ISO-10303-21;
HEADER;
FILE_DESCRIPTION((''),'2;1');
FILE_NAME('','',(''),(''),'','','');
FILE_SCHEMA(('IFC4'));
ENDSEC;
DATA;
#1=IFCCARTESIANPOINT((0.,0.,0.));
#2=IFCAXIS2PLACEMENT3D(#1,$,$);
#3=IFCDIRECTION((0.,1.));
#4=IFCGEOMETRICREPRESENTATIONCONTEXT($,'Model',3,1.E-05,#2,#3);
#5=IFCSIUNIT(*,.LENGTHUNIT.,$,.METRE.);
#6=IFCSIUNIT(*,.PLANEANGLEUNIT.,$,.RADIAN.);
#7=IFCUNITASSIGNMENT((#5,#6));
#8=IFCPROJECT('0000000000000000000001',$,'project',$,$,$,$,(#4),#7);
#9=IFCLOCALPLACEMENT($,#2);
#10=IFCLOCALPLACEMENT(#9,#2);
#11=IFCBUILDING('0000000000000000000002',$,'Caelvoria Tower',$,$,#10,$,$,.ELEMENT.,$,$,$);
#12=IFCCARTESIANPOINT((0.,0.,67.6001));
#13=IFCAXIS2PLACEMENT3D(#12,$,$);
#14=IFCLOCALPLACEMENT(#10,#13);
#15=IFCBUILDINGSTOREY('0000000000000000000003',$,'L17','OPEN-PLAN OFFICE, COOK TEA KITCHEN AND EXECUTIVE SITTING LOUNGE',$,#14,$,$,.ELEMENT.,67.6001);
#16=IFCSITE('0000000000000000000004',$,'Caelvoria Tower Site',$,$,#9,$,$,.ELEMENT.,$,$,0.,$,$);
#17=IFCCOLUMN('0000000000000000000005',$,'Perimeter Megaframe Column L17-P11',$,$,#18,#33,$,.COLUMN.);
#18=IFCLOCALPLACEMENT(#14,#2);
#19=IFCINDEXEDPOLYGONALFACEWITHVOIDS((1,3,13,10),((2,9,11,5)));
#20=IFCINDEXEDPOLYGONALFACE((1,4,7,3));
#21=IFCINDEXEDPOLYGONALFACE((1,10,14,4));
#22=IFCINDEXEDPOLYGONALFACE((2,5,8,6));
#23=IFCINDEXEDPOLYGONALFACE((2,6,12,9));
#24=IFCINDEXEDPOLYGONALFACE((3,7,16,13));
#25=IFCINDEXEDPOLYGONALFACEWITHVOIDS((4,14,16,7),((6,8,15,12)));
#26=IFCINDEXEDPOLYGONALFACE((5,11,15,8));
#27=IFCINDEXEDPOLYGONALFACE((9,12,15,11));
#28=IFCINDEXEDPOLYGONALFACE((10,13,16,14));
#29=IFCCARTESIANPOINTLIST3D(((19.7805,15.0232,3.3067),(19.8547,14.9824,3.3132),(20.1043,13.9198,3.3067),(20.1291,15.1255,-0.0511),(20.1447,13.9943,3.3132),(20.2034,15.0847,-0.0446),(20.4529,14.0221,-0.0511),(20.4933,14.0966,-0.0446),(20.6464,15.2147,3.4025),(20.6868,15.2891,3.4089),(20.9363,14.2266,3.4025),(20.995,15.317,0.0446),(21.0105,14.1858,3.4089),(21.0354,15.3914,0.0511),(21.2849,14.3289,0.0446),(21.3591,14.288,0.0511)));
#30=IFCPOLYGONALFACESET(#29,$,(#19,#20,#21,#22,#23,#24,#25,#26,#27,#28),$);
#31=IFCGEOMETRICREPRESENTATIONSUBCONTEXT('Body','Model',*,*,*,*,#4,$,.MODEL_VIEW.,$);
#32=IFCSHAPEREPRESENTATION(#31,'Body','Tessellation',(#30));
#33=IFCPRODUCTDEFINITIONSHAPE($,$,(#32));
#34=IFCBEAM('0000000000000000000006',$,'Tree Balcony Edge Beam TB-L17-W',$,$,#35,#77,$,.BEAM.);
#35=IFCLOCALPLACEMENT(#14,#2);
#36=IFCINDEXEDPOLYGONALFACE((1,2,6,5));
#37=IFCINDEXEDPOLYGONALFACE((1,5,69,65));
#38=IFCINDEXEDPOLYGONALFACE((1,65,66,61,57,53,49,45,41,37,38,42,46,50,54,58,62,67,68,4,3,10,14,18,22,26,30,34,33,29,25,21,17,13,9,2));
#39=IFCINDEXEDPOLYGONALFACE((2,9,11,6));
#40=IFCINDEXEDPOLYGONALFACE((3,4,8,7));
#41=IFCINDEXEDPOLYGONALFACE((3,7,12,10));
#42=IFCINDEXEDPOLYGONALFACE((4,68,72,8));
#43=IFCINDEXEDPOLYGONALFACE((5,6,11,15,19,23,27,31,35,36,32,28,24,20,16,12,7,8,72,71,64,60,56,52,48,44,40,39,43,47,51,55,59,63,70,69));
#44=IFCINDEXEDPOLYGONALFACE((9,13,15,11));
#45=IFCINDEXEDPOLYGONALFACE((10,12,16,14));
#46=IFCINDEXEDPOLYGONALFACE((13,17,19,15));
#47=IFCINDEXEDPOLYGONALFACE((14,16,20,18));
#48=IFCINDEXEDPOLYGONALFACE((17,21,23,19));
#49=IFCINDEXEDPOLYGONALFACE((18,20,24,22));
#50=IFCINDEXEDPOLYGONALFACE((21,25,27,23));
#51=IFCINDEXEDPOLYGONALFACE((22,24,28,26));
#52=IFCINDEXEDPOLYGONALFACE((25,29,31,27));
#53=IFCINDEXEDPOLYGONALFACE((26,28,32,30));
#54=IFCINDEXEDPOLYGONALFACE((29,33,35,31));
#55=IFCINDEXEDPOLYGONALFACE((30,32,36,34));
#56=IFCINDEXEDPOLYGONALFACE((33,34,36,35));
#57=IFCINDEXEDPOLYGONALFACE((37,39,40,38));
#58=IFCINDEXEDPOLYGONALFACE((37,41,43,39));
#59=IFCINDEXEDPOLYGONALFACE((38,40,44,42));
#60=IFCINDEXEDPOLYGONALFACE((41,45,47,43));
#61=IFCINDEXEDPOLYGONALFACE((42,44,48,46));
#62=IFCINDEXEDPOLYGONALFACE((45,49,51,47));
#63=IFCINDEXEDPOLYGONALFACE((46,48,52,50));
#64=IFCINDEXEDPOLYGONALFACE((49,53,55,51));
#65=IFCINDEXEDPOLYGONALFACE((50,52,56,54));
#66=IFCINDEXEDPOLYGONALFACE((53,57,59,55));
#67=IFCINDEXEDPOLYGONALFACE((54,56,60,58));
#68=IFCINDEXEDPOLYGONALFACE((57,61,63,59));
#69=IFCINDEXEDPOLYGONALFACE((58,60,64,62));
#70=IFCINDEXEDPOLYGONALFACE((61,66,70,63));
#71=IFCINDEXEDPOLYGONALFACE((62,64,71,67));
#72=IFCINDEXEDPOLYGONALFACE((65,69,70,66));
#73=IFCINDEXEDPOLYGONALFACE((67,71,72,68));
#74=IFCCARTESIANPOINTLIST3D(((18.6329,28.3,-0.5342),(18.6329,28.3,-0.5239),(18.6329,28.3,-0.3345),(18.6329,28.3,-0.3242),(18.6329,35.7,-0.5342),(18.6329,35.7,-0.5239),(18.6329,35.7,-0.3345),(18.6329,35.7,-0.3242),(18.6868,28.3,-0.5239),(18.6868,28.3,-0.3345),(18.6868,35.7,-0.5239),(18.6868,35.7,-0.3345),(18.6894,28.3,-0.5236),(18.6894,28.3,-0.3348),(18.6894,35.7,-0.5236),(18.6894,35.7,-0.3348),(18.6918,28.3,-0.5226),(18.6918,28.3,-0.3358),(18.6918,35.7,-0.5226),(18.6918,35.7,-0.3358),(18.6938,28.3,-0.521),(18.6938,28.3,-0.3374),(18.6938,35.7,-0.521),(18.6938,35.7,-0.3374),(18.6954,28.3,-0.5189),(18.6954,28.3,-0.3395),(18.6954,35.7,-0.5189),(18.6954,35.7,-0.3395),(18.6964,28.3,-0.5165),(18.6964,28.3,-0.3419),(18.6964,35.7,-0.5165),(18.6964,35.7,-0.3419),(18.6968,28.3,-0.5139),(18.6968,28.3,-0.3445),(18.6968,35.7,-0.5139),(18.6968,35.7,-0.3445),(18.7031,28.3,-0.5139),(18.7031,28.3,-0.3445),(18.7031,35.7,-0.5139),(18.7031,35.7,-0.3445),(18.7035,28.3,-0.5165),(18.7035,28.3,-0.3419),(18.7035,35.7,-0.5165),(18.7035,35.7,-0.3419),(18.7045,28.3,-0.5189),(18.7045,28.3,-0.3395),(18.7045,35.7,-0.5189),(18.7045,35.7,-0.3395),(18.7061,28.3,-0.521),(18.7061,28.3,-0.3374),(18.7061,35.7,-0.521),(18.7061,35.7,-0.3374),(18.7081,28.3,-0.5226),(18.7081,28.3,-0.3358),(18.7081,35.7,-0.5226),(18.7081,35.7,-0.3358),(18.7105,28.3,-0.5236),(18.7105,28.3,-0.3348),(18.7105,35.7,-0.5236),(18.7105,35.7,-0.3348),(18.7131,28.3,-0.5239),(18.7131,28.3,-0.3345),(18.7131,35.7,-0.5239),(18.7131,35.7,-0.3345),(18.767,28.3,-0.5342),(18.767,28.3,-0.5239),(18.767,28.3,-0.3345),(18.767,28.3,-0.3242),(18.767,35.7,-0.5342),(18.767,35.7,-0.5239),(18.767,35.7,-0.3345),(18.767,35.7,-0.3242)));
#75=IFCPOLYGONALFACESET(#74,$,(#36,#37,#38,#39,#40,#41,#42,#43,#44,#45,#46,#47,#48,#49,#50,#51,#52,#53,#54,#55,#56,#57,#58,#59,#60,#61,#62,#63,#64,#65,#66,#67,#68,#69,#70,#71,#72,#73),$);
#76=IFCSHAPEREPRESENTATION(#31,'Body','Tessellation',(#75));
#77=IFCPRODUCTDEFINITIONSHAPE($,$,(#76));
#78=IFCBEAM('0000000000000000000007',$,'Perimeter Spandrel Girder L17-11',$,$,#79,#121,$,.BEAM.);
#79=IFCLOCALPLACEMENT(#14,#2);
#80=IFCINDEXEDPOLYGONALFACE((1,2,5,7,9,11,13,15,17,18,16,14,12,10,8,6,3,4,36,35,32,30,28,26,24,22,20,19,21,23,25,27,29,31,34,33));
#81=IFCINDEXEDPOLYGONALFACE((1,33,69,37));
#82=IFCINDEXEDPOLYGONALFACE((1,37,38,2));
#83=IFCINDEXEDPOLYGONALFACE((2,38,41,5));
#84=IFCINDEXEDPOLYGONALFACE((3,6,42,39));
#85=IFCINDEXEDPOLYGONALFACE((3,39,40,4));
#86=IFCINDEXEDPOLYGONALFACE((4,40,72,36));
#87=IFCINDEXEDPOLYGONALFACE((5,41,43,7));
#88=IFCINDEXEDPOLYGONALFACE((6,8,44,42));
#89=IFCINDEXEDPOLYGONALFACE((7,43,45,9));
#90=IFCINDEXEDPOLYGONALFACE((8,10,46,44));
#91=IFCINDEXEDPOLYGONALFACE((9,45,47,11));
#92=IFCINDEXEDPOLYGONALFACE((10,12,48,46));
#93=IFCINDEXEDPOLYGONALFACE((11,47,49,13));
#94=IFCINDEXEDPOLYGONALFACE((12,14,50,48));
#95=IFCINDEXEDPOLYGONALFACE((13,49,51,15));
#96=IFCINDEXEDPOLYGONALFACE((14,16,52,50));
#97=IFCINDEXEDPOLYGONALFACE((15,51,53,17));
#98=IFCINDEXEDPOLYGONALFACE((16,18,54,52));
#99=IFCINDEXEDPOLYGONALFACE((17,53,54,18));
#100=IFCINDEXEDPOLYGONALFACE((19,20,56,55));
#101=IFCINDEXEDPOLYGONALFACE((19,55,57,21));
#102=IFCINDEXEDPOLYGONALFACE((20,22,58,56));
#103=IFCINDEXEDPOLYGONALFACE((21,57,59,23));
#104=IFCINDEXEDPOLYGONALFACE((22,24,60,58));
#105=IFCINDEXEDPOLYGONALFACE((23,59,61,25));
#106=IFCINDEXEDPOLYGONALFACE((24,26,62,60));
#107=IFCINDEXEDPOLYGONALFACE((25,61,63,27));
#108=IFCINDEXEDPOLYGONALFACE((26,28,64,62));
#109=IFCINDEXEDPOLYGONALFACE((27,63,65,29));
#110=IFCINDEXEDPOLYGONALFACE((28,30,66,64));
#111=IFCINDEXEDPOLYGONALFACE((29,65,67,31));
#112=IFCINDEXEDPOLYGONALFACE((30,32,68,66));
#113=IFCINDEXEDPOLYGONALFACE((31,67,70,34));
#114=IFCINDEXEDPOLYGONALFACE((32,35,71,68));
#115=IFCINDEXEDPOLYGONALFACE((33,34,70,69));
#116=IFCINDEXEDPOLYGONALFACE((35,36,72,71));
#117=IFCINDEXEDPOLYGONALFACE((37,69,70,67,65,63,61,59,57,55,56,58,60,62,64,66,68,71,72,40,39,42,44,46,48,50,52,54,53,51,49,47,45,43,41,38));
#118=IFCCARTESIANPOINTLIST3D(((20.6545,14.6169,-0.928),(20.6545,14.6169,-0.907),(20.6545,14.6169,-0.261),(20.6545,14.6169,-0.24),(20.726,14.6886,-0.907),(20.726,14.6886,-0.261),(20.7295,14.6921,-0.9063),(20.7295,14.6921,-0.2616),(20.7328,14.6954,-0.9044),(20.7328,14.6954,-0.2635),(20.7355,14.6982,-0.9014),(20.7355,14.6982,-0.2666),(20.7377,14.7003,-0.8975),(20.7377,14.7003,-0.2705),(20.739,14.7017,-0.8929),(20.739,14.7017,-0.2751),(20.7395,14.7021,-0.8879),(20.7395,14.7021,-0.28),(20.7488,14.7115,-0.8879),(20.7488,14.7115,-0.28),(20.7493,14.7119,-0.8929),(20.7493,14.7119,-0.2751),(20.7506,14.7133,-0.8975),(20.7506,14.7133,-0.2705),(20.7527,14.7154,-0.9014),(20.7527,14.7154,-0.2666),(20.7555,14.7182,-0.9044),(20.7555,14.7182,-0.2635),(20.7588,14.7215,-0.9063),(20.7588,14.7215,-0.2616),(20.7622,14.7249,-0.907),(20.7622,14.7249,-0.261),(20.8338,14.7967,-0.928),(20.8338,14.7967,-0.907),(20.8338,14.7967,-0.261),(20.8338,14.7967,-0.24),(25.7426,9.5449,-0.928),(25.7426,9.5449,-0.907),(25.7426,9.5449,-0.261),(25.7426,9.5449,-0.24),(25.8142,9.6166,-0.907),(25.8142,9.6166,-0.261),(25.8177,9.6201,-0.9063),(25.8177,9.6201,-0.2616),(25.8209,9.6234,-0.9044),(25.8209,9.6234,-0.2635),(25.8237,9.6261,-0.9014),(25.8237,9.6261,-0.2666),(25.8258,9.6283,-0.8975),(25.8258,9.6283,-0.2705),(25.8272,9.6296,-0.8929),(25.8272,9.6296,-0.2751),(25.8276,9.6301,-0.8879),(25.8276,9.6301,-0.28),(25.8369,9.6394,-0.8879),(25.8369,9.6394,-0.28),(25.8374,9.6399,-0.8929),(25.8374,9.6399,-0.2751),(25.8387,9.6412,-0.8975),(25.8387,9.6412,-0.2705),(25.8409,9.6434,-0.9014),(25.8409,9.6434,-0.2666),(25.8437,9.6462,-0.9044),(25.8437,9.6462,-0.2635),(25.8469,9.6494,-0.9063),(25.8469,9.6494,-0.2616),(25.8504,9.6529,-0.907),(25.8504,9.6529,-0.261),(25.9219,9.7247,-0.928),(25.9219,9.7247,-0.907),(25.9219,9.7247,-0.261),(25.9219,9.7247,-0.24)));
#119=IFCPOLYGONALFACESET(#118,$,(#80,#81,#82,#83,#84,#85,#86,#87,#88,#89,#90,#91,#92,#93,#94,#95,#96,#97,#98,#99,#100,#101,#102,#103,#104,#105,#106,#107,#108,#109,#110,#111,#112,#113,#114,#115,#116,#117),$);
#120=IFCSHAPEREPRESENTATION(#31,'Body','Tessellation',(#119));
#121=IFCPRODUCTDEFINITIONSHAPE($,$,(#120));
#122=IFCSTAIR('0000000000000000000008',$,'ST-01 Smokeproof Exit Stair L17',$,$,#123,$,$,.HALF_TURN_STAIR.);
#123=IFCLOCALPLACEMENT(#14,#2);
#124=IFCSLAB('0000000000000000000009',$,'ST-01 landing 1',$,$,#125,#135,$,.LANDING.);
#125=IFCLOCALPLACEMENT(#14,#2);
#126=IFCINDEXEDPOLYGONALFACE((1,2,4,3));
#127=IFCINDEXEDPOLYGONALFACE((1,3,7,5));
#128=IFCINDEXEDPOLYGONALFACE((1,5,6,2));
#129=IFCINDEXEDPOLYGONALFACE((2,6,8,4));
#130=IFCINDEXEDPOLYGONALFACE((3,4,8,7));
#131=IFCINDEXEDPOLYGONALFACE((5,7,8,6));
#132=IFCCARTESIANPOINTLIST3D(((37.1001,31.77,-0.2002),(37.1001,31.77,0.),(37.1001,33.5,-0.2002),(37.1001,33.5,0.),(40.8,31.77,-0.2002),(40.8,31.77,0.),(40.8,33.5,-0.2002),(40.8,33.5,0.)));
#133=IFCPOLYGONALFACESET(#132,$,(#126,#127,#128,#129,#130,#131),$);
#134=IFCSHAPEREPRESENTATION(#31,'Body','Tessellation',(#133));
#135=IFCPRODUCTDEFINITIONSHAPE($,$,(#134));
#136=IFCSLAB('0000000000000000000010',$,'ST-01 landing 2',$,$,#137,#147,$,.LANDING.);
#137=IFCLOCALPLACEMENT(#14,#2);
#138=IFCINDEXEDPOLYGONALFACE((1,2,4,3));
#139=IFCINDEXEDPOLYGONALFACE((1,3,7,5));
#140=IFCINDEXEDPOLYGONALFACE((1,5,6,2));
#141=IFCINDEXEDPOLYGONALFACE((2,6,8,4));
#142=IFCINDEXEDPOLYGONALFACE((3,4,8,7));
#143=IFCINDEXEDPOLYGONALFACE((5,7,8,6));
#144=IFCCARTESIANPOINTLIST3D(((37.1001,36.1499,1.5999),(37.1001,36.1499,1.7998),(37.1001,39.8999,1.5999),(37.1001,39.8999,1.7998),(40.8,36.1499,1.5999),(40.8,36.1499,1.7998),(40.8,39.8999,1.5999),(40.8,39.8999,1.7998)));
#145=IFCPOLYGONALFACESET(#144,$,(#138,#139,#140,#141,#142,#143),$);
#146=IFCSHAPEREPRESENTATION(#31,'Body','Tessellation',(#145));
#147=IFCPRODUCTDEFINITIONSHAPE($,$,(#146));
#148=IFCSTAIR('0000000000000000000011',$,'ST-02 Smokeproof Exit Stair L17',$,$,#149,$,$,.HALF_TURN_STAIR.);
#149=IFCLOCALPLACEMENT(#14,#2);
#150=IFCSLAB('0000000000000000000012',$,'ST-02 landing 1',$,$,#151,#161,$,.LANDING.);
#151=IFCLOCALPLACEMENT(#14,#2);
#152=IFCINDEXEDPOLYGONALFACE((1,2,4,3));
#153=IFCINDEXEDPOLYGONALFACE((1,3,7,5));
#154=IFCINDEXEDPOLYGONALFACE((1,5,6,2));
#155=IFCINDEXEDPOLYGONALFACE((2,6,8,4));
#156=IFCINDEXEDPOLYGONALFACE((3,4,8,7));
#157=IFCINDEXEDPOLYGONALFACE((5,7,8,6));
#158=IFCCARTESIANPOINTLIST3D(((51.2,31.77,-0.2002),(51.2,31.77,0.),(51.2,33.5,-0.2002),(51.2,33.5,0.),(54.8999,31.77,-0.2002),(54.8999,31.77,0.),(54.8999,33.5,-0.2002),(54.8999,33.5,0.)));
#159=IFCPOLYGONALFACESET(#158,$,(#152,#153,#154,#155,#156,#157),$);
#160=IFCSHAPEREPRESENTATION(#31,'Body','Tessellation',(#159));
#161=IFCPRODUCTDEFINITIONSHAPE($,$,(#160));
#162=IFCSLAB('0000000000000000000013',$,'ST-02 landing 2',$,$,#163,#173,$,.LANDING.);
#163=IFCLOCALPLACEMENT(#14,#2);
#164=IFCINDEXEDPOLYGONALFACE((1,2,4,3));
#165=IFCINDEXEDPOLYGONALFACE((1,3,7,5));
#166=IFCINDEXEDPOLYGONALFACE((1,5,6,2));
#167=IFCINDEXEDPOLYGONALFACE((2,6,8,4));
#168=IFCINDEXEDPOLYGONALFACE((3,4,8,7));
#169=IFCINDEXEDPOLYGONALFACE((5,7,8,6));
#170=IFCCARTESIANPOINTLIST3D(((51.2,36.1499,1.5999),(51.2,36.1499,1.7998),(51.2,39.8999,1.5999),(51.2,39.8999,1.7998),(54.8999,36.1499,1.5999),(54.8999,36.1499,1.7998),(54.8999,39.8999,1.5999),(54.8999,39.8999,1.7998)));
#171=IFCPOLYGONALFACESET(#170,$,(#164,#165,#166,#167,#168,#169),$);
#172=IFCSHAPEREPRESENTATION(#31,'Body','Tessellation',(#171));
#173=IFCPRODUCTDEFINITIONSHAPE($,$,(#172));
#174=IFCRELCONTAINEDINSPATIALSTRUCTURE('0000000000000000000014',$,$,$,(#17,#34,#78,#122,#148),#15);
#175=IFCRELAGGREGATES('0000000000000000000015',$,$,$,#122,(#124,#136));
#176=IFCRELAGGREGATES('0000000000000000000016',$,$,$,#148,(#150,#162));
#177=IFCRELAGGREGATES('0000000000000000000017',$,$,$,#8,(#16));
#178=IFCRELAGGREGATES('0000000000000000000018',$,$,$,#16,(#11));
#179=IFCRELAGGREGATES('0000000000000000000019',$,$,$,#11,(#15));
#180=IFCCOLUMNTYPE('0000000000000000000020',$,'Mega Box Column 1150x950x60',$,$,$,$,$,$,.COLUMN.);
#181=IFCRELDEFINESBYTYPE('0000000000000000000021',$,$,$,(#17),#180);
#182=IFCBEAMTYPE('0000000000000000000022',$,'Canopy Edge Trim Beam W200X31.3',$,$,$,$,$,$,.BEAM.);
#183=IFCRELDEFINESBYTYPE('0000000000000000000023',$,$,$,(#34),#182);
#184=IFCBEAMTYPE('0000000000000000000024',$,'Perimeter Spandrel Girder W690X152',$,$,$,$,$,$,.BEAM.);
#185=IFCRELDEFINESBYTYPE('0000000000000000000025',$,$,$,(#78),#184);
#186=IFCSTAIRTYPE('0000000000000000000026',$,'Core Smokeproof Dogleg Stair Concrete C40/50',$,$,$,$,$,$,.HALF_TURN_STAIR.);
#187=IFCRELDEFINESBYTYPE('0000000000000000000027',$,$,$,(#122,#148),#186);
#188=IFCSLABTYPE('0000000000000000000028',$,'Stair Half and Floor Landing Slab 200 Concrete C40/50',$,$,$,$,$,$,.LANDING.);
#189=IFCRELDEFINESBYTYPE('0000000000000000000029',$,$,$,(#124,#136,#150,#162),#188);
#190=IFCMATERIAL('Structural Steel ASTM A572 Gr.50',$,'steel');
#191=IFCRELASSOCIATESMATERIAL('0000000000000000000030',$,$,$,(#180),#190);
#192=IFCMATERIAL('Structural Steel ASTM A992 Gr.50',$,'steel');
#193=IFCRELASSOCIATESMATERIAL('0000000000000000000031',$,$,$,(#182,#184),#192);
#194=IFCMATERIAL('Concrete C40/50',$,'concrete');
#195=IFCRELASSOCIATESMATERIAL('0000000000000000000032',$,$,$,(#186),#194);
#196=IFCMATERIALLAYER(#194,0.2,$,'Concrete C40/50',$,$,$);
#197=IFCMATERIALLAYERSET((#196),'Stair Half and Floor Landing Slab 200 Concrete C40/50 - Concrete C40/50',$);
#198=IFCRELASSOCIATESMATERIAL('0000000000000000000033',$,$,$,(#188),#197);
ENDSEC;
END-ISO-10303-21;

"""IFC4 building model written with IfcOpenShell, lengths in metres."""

from ifc_helpers import new_model, si_unit, direction, frame, origin, origin_2d, place, context, subcontext, project, spatial, polyline, hollow_rectangle, i_section, outline, extrude, material, layer, layer_set, material_profile, profile_set, type_object, element, aggregate, save


model = new_model("IFC4")

# Units and contexts
model_context = context("Model", 3, precision=1e-05, world=origin(), true_north=direction((0.0, 1.0)))
body_context = subcontext(model_context, "Body", "Model", "MODEL_VIEW")
ifc_project = project(units=[si_unit("LENGTHUNIT", "METRE"), si_unit("PLANEANGLEUNIT", "RADIAN")], contexts=[model_context])

# Site, building, storey
site_placement = place(None, origin())
site = spatial("IfcSite", under=ifc_project, at=site_placement, Name="Caelvoria Tower Site", CompositionType="ELEMENT", RefElevation=0.0)
building_placement = place(site_placement, origin())
building = spatial("IfcBuilding", under=site, at=building_placement, Name="Caelvoria Tower", CompositionType="ELEMENT")
storey_placement = place(building_placement, frame((0.0, 0.0, 67.6001)))
storey = spatial("IfcBuildingStorey", under=building, at=storey_placement, Name="L17", Description="OPEN-PLAN OFFICE, COOK TEA KITCHEN AND EXECUTIVE SITTING LOUNGE", CompositionType="ELEMENT", Elevation=67.6001)

# Column
ifc_material_1 = material(Name="Structural Steel ASTM A572 Gr.50", Category="steel")
ifc_material_profile_1 = material_profile(ifc_material_1, hollow_rectangle(XDim=0.95, YDim=1.1499, WallThickness=0.0601, at=origin_2d()), Name="Structural Steel ASTM A572 Gr.50")
ifc_profile_set_1 = profile_set([ifc_material_profile_1], Name="BOX1150X950X60 - Structural Steel ASTM A572 Gr.50")
column_type = type_object("IfcColumnType", Name="Mega Box Column 1150x950x60", PredefinedType="COLUMN", material=ifc_profile_set_1)
column_placement = place(storey_placement, frame((20.7441, 14.7068, 0.0), z_axis=(-0.103222, -0.030287, 0.994197), x_axis=(0.953979, 0.279914, 0.107574)))
element("IfcColumn", 1, at=column_placement, inside=storey, type_object=column_type, Name="Perimeter Megaframe Column L17-P11", PredefinedType="COLUMN", context=body_context, shape_type="SweptSolid", body=[
    extrude(hollow_rectangle(XDim=0.95, YDim=1.1499, WallThickness=0.0601, at=origin_2d()), origin(), (0.0, 0.0, 1.0), 3.3774),
])

# Beams
ifc_material_2 = material(Name="Structural Steel ASTM A992 Gr.50", Category="steel")
ifc_material_profile_2 = material_profile(ifc_material_2, i_section(OverallWidth=0.134, OverallDepth=0.21, WebThickness=0.0063, FlangeThickness=0.0103, FilletRadius=0.01, at=origin_2d()), Name="Structural Steel ASTM A992 Gr.50")
ifc_profile_set_2 = profile_set([ifc_material_profile_2], Name="W200X31.3 - Structural Steel ASTM A992 Gr.50")
beam_type_1 = type_object("IfcBeamType", Name="Canopy Edge Trim Beam W200X31.3", PredefinedType="BEAM", material=ifc_profile_set_2)
beam_1_placement = place(storey_placement, frame((18.7, 28.3, -0.4292), z_axis=(0.0, 1.0, 0.0), x_axis=(-1.0, 0.0, 0.0)))
element("IfcBeam", 2, at=beam_1_placement, inside=storey, type_object=beam_type_1, Name="Tree Balcony Edge Beam TB-L17-W", PredefinedType="BEAM", context=body_context, shape_type="SweptSolid", body=[
    extrude(i_section(OverallWidth=0.134, OverallDepth=0.21, WebThickness=0.0063, FlangeThickness=0.0103, FilletRadius=0.01, at=origin_2d()), origin(), (0.0, 0.0, 1.0), 7.3999),
])
ifc_material_profile_3 = material_profile(ifc_material_2, i_section(OverallWidth=0.2539, OverallDepth=0.688, WebThickness=0.0132, FlangeThickness=0.021, FilletRadius=0.019, at=origin_2d()), Name="Structural Steel ASTM A992 Gr.50")
ifc_profile_set_3 = profile_set([ifc_material_profile_3], Name="W690X152 - Structural Steel ASTM A992 Gr.50")
beam_type_2 = type_object("IfcBeamType", Name="Perimeter Spandrel Girder W690X152", PredefinedType="BEAM", material=ifc_profile_set_3)
beam_2_placement = place(storey_placement, frame((20.7441, 14.7068, -0.584), z_axis=(0.708227, -0.705984, 0.0), x_axis=(0.705984, 0.708227, 0.0)))
element("IfcBeam", 3, at=beam_2_placement, inside=storey, type_object=beam_type_2, Name="Perimeter Spandrel Girder L17-11", PredefinedType="BEAM", context=body_context, shape_type="SweptSolid", body=[
    extrude(i_section(OverallWidth=0.2539, OverallDepth=0.688, WebThickness=0.0132, FlangeThickness=0.021, FilletRadius=0.019, at=origin_2d()), origin(), (0.0, 0.0, 1.0), 7.1843),
])

# Stairs, slabs
ifc_material_3 = material(Name="Concrete C40/50", Category="concrete")
stair_type = type_object("IfcStairType", Name="Core Smokeproof Dogleg Stair Concrete C40/50", PredefinedType="HALF_TURN_STAIR", material=ifc_material_3)
stair_1_placement = place(storey_placement, origin())
stair_1 = element("IfcStair", 4, at=stair_1_placement, inside=storey, type_object=stair_type, Name="ST-01 Smokeproof Exit Stair L17", PredefinedType="HALF_TURN_STAIR")
ifc_layer_1 = layer(ifc_material_3, 0.2, Name="Concrete C40/50")
ifc_layer_set_1 = layer_set([ifc_layer_1], Name="Stair Half and Floor Landing Slab 200 Concrete C40/50 - Concrete C40/50")
slab_type_1 = type_object("IfcSlabType", Name="Stair Half and Floor Landing Slab 200 Concrete C40/50", PredefinedType="LANDING", material=ifc_layer_set_1)
slab_1_placement = place(storey_placement, frame((0.0, 0.0, -0.2002)))
slab_1 = element("IfcSlab", 5, at=slab_1_placement, type_object=slab_type_1, Name="ST-01 landing 1", PredefinedType="LANDING", context=body_context, shape_type="SweptSolid", body=[
    extrude(outline(polyline([(37.1001, 31.77), (40.8, 31.77), (40.8, 33.5), (37.1001, 33.5), (37.1001, 31.77)])), origin(), (0.0, 0.0, 1.0), 0.2002),
])
slab_2_placement = place(storey_placement, frame((0.0, 0.0, 1.5999)))
slab_2 = element("IfcSlab", 6, at=slab_2_placement, type_object=slab_type_1, Name="ST-01 landing 2", PredefinedType="LANDING", context=body_context, shape_type="SweptSolid", body=[
    extrude(outline(polyline([(37.1001, 36.1499), (40.8, 36.1499), (40.8, 39.8999), (37.1001, 39.8999), (37.1001, 36.1499)])), origin(), (0.0, 0.0, 1.0), 0.2),
])
aggregate(stair_1, [slab_1, slab_2])
stair_2_placement = place(storey_placement, origin())
stair_2 = element("IfcStair", 7, at=stair_2_placement, inside=storey, type_object=stair_type, Name="ST-02 Smokeproof Exit Stair L17", PredefinedType="HALF_TURN_STAIR")
slab_3_placement = place(storey_placement, frame((0.0, 0.0, -0.2002)))
slab_3 = element("IfcSlab", 8, at=slab_3_placement, type_object=slab_type_1, Name="ST-02 landing 1", PredefinedType="LANDING", context=body_context, shape_type="SweptSolid", body=[
    extrude(outline(polyline([(51.2, 31.77), (54.8999, 31.77), (54.8999, 33.5), (51.2, 33.5), (51.2, 31.77)])), origin(), (0.0, 0.0, 1.0), 0.2002),
])
slab_4_placement = place(storey_placement, frame((0.0, 0.0, 1.5999)))
slab_4 = element("IfcSlab", 9, at=slab_4_placement, type_object=slab_type_1, Name="ST-02 landing 2", PredefinedType="LANDING", context=body_context, shape_type="SweptSolid", body=[
    extrude(outline(polyline([(51.2, 36.1499), (54.8999, 36.1499), (54.8999, 39.8999), (51.2, 39.8999), (51.2, 36.1499)])), origin(), (0.0, 0.0, 1.0), 0.2),
])
aggregate(stair_2, [slab_3, slab_4])

save(model, "model.ifc")
